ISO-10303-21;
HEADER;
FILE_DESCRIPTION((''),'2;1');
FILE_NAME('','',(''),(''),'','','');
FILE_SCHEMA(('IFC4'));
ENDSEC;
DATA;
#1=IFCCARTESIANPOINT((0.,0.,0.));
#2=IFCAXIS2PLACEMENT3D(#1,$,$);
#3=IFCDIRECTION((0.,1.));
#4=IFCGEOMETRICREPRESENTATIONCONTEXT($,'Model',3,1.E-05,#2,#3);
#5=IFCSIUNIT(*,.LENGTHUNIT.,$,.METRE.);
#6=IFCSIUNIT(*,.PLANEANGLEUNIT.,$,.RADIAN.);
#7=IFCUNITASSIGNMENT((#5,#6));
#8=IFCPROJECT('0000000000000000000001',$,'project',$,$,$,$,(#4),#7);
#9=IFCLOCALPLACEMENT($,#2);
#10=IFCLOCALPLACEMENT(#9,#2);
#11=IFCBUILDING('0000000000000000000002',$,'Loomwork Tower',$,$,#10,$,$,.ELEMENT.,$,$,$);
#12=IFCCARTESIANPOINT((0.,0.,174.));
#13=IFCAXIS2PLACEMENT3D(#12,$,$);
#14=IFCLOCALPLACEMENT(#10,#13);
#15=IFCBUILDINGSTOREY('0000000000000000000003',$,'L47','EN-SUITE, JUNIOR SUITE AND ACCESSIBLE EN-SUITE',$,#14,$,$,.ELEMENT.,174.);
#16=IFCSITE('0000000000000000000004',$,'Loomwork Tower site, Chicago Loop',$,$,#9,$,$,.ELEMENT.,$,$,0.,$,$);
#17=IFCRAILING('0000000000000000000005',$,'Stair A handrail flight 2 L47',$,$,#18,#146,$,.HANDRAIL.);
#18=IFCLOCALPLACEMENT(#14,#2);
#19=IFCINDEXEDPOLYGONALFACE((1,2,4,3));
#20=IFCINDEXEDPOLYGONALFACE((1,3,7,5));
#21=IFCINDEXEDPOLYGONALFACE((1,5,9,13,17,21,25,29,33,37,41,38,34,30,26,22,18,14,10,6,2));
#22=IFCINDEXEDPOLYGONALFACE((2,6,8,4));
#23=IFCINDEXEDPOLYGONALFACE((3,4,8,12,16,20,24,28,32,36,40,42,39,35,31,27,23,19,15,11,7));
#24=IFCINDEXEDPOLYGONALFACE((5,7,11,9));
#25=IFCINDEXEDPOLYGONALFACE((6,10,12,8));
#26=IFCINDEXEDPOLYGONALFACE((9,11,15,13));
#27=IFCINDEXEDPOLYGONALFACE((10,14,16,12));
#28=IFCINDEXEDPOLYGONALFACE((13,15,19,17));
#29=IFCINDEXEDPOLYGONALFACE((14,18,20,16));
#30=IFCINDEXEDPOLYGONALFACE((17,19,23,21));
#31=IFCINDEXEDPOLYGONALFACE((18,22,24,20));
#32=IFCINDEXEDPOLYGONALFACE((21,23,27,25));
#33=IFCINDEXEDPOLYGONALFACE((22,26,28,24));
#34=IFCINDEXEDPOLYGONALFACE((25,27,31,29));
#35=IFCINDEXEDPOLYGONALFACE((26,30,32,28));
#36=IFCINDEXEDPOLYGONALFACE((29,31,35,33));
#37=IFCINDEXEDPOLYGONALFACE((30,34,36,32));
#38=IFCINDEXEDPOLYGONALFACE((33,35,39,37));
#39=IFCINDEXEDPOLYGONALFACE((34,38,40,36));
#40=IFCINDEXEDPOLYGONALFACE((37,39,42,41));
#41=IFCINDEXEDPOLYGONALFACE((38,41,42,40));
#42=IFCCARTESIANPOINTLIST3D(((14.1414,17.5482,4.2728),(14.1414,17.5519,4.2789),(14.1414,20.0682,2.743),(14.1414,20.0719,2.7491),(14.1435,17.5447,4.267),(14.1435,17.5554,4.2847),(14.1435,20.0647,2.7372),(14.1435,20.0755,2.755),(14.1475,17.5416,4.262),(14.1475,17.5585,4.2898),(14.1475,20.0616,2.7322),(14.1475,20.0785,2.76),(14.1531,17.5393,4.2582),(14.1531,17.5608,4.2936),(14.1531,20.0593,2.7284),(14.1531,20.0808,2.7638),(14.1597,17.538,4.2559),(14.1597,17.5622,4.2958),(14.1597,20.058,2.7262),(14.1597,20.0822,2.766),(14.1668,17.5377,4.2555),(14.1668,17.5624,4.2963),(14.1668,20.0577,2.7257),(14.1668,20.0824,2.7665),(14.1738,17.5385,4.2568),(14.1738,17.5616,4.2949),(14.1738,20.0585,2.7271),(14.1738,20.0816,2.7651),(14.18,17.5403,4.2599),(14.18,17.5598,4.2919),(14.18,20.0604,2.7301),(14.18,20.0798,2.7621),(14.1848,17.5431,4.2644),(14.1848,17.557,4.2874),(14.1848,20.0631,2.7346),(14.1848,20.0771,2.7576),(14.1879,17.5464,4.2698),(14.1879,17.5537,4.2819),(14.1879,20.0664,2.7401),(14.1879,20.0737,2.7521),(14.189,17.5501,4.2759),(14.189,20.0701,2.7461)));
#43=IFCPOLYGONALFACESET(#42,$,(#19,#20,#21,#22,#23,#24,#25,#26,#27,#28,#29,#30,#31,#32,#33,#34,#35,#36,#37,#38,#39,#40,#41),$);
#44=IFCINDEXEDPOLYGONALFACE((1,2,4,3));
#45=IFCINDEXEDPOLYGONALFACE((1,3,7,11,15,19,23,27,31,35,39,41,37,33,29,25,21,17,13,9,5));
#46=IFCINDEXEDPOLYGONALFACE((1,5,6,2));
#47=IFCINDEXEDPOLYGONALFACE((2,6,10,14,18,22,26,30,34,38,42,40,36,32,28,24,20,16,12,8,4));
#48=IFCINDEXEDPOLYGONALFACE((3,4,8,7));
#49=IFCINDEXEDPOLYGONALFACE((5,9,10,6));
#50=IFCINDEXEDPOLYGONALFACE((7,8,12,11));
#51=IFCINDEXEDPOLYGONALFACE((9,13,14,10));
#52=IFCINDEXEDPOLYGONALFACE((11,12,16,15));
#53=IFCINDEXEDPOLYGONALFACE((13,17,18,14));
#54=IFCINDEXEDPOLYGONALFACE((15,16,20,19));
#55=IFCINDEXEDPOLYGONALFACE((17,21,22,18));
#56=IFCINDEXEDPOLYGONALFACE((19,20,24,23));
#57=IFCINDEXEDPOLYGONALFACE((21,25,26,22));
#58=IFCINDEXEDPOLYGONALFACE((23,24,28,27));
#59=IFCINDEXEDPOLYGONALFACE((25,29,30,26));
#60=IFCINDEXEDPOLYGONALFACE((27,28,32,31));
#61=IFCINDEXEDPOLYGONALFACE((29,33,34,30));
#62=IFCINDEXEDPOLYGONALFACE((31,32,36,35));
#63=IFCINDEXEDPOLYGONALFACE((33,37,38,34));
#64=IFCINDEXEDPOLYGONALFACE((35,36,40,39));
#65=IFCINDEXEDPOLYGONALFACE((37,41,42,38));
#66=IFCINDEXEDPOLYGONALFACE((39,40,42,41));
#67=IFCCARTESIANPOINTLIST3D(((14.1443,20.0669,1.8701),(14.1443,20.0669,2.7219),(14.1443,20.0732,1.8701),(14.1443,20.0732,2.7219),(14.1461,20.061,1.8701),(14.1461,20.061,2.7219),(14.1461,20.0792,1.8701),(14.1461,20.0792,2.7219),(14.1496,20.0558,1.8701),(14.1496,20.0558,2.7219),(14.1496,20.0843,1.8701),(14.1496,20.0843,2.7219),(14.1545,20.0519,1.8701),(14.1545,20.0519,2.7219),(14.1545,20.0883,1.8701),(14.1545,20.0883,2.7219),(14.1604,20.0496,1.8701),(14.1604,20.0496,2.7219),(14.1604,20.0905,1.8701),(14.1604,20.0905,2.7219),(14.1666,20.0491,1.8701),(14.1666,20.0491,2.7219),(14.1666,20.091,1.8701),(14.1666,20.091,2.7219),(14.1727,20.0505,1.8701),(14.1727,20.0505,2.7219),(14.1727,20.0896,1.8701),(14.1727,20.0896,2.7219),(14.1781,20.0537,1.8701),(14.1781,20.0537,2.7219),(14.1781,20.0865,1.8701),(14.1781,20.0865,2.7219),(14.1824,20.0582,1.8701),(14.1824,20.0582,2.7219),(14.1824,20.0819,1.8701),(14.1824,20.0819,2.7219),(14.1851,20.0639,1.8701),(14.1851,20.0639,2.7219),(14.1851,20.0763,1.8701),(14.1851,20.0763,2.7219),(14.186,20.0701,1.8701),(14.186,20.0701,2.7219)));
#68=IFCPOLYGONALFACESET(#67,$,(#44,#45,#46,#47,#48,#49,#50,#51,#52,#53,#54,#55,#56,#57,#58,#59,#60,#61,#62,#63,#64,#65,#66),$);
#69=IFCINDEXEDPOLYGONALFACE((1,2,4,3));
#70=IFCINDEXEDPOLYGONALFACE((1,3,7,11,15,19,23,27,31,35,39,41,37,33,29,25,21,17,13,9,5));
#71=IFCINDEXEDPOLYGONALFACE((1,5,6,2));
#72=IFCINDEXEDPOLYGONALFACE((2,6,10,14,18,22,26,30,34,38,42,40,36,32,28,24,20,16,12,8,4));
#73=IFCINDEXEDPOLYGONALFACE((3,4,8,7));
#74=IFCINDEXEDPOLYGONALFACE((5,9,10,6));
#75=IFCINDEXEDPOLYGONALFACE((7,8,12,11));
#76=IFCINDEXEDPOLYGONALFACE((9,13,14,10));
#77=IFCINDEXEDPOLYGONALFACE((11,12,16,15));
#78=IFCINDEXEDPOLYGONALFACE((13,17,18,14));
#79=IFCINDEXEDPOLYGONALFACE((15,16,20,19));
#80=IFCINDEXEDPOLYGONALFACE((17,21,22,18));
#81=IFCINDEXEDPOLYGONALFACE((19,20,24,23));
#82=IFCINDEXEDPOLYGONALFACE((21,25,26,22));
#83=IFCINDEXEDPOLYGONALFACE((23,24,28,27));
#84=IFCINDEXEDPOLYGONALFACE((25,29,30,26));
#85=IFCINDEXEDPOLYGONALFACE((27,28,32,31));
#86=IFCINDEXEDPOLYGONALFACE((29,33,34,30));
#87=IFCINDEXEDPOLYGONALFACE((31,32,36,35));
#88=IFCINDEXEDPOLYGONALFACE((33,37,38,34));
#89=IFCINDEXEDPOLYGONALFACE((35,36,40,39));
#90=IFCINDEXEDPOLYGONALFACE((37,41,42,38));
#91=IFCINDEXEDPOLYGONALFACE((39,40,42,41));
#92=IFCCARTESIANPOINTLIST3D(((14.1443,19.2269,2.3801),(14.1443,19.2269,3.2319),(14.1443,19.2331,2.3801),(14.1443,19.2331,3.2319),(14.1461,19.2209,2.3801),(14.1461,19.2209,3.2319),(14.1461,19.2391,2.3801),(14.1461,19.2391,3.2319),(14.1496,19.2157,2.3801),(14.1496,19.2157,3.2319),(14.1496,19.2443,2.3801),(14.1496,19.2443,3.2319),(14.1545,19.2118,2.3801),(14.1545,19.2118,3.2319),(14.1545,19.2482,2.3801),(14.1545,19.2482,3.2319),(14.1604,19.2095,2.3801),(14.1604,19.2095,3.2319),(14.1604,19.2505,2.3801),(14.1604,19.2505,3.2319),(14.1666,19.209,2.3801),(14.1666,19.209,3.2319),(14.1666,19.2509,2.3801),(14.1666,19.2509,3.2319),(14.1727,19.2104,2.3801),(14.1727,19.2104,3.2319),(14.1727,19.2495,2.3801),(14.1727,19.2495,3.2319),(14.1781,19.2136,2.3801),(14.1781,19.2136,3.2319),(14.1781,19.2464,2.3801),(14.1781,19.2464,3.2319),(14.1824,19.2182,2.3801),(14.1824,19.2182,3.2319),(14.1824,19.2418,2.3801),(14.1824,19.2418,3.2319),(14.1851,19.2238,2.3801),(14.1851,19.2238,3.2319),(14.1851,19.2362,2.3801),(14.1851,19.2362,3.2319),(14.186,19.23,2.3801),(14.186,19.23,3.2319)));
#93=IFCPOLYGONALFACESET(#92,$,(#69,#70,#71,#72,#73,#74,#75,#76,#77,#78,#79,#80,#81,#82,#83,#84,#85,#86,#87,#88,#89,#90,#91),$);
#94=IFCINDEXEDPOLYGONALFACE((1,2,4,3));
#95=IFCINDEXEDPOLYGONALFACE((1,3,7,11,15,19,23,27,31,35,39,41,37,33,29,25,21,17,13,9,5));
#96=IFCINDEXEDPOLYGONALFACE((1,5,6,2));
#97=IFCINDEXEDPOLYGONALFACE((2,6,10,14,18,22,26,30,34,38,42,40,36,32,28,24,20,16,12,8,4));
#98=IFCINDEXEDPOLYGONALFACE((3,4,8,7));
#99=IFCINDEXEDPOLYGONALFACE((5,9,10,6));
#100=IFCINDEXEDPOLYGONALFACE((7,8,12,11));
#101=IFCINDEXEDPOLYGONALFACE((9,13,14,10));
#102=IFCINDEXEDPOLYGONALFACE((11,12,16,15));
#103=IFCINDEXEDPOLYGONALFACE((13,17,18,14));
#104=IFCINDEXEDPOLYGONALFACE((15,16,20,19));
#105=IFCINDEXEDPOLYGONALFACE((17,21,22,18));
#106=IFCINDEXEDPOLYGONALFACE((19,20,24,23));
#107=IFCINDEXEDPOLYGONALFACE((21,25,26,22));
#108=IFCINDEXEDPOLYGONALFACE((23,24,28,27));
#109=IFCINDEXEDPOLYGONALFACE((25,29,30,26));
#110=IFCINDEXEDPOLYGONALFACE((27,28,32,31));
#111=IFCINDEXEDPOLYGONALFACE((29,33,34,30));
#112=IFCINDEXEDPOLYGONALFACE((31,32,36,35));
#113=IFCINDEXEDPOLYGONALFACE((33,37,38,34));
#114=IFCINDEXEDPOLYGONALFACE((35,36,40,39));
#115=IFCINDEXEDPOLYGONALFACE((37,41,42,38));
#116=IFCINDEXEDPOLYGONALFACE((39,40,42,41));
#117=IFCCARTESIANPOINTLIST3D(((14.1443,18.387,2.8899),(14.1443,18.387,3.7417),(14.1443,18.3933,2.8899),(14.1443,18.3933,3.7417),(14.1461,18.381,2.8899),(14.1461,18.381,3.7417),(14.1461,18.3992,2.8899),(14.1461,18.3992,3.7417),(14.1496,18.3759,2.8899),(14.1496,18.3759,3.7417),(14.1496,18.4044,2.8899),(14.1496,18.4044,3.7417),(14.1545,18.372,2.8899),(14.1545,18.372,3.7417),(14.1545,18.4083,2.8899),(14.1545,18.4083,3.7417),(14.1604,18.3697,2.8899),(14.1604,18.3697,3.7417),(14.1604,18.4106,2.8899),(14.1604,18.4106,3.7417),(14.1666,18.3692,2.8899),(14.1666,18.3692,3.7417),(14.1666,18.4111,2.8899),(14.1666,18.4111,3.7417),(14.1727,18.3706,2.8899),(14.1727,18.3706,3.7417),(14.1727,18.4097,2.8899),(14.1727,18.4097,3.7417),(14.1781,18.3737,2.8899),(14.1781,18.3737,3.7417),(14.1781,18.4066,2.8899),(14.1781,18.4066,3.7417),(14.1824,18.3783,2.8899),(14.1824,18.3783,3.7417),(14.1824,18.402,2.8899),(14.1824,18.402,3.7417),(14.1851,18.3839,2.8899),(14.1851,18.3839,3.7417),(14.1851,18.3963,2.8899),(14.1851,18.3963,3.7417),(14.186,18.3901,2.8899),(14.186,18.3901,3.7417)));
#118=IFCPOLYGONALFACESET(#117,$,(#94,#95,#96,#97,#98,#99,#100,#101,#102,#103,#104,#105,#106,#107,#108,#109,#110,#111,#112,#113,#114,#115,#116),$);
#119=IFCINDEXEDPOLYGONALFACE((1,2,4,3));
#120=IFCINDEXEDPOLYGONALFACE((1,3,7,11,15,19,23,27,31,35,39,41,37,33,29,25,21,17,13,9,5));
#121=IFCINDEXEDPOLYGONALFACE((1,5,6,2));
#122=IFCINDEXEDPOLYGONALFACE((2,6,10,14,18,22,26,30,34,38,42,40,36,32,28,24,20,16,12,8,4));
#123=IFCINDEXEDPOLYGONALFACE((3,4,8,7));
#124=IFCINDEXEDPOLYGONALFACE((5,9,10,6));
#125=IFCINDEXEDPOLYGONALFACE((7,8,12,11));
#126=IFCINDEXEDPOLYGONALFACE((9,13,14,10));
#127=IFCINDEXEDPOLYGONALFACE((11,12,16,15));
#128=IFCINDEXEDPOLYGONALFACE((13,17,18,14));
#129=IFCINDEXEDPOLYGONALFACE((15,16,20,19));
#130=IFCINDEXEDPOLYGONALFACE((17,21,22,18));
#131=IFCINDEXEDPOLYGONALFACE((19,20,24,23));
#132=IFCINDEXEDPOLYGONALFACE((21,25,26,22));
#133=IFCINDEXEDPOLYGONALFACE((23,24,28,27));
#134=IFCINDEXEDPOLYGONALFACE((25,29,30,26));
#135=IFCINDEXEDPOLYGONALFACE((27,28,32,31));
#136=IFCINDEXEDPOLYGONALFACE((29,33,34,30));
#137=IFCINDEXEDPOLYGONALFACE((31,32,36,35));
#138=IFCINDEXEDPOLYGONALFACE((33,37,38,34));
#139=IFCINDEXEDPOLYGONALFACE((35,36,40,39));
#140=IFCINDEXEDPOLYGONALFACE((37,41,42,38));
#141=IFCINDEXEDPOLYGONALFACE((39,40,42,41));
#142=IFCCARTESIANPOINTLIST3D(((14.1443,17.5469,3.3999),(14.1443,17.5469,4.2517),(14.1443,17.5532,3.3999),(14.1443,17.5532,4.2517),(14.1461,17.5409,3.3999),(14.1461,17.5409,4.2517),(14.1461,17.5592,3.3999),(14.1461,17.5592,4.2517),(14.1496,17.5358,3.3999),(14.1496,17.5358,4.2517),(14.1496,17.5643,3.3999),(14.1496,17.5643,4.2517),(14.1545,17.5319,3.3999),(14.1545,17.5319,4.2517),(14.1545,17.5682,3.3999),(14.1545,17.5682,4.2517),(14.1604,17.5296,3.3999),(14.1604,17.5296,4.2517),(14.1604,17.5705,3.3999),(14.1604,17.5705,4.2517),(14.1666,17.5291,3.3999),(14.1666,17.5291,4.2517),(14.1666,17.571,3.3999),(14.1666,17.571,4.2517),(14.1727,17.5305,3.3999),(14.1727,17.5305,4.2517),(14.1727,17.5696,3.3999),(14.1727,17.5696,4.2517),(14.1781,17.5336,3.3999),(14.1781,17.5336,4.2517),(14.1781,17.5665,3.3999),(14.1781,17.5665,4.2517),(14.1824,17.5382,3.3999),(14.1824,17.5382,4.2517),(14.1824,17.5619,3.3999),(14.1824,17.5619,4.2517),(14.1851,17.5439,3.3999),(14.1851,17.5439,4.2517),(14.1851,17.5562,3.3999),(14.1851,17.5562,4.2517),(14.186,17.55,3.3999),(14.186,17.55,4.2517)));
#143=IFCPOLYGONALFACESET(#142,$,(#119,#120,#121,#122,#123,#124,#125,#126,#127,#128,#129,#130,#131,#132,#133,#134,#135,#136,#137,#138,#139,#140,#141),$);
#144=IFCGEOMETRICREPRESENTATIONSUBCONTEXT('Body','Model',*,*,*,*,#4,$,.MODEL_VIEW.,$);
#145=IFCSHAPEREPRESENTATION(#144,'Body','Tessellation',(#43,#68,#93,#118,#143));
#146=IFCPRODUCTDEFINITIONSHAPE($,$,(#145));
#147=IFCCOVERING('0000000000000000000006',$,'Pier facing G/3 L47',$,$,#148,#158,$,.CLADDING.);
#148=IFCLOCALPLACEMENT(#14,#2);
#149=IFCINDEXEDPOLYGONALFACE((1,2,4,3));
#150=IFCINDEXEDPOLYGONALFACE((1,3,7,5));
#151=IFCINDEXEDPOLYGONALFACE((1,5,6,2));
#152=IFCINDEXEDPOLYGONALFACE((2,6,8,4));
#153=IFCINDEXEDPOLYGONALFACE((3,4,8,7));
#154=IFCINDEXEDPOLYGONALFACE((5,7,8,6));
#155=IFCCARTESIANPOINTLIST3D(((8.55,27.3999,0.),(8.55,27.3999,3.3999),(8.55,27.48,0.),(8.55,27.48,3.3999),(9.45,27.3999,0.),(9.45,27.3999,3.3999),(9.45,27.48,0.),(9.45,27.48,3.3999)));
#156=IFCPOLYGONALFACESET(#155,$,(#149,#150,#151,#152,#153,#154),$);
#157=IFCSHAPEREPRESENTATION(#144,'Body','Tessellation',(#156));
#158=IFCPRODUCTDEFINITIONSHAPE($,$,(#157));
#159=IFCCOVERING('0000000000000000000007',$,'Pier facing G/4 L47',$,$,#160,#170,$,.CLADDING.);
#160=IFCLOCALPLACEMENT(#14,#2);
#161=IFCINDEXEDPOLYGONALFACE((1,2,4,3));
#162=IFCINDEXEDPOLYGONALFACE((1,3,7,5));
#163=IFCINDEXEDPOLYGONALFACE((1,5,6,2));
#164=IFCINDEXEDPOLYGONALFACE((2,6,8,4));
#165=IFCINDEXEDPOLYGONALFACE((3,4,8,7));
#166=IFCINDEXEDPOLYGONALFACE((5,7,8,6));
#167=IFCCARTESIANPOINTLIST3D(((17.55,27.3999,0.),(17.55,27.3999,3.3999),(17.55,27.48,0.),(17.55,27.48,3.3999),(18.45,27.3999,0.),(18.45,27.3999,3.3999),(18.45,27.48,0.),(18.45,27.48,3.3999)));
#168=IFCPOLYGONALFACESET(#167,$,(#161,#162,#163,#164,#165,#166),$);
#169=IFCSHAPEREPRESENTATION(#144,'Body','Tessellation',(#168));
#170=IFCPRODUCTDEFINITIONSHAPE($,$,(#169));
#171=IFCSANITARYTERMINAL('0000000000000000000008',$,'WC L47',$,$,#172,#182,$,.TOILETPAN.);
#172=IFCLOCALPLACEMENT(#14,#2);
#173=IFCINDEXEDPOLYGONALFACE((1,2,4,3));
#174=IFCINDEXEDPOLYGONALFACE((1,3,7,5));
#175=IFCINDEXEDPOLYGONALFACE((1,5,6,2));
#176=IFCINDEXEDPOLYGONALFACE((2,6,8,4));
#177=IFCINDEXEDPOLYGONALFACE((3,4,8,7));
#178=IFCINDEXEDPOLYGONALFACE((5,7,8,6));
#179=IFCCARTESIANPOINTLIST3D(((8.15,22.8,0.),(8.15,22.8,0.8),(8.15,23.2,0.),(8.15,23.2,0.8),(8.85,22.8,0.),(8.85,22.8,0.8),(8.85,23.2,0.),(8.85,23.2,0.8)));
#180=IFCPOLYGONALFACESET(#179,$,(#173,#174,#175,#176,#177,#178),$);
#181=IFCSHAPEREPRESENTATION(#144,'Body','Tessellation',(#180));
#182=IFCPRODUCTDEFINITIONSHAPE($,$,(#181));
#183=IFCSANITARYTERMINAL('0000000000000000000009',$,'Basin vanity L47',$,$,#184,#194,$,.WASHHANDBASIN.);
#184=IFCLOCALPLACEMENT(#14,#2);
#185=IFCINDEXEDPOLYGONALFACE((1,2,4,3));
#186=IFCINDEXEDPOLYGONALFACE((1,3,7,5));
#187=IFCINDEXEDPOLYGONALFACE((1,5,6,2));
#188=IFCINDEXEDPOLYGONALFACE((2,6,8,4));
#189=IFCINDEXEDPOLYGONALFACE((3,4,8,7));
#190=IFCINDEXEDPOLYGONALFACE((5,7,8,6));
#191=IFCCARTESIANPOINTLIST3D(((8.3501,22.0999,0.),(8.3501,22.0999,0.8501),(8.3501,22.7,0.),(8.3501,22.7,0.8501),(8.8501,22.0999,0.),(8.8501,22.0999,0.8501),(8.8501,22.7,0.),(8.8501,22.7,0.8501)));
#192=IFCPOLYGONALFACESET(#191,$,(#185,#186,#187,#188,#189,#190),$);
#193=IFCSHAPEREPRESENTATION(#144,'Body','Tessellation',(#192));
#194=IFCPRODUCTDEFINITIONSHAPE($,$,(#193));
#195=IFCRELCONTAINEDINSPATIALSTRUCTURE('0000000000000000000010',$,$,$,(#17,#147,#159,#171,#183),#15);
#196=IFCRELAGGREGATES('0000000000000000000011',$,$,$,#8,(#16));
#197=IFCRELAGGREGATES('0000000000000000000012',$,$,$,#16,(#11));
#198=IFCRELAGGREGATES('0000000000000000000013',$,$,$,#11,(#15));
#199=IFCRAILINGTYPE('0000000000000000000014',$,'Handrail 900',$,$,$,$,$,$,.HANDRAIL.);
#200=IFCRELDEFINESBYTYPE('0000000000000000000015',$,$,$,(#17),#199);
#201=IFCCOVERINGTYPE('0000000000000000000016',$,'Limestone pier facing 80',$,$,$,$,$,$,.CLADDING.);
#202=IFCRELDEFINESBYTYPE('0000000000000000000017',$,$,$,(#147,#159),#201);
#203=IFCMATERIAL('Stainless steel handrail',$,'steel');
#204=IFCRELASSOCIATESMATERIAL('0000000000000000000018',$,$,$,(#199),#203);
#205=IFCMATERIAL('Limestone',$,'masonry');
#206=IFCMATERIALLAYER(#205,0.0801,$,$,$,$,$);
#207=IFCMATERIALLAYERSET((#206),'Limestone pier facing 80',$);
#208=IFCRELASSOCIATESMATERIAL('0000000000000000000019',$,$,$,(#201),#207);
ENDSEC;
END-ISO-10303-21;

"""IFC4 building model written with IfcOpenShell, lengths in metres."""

from ifc_helpers import new_model, si_unit, direction, frame, origin, origin_2d, place, context, subcontext, project, spatial, rectangle, circle, extrude, material, layer, layer_set, type_object, element, save


model = new_model("IFC4")

# Units and contexts
model_context = context("Model", 3, precision=1e-05, world=origin(), true_north=direction((0.0, 1.0)))
body_context = subcontext(model_context, "Body", "Model", "MODEL_VIEW")
ifc_project = project(units=[si_unit("LENGTHUNIT", "METRE"), si_unit("PLANEANGLEUNIT", "RADIAN")], contexts=[model_context])

# Site, building, storey
site_placement = place(None, origin())
site = spatial("IfcSite", under=ifc_project, at=site_placement, Name="Loomwork Tower site, Chicago Loop", CompositionType="ELEMENT", RefElevation=0.0)
building_placement = place(site_placement, origin())
building = spatial("IfcBuilding", under=site, at=building_placement, Name="Loomwork Tower", CompositionType="ELEMENT")
storey_placement = place(building_placement, frame((0.0, 0.0, 174.0)))
storey = spatial("IfcBuildingStorey", under=building, at=storey_placement, Name="L47", Description="EN-SUITE, JUNIOR SUITE AND ACCESSIBLE EN-SUITE", CompositionType="ELEMENT", Elevation=174.0)

# Railing
ifc_material_1 = material(Name="Stainless steel handrail", Category="steel")
railing_type = type_object("IfcRailingType", Name="Handrail 900", PredefinedType="HANDRAIL", material=ifc_material_1)
railing_placement = place(storey_placement, frame((14.165, 20.0701, 1.8701)))
element("IfcRailing", 1, at=railing_placement, inside=storey, type_object=railing_type, Name="Stair A handrail flight 2 L47", PredefinedType="HANDRAIL", context=body_context, shape_type="SweptSolid", body=[
    extrude(circle(Radius=0.0239, at=origin_2d()), frame((0.0, 0.0, 0.876), z_axis=(0.0, -0.854822, 0.518922), x_axis=(1.0, 0.0, 0.0)), (0.0, 0.0, 1.0), 2.948),
    extrude(circle(Radius=0.021, at=origin_2d()), origin(), (0.0, 0.0, 1.0), 0.8518),
    extrude(circle(Radius=0.021, at=origin_2d()), frame((0.0, -0.8401, 0.51)), (0.0, 0.0, 1.0), 0.8518),
    extrude(circle(Radius=0.021, at=origin_2d()), frame((0.0, -1.6799, 1.0198)), (0.0, 0.0, 1.0), 0.8518),
    extrude(circle(Radius=0.021, at=origin_2d()), frame((0.0, -2.52, 1.5298)), (0.0, 0.0, 1.0), 0.8518),
])

# Coverings
ifc_material_2 = material(Name="Limestone", Category="masonry")
ifc_layer_1 = layer(ifc_material_2, 0.0801)
ifc_layer_set_1 = layer_set([ifc_layer_1], Name="Limestone pier facing 80")
covering_type = type_object("IfcCoveringType", Name="Limestone pier facing 80", PredefinedType="CLADDING", material=ifc_layer_set_1)
for number, where, z_axis, x_axis, name in (
    (2, (9.0, 27.4399, 0.0), (0.0, 0.0, 1.0), (1.0, 0.0, 0.0), "Pier facing G/3 L47"),
    (3, (18.0, 27.4399, 0.0), (0.0, 0.0, 1.0), (1.0, 0.0, 0.0), "Pier facing G/4 L47"),
):
    element("IfcCovering", number, at=place(storey_placement, frame(where, z_axis=z_axis, x_axis=x_axis)), inside=storey, type_object=covering_type, Name=name, PredefinedType="CLADDING", context=body_context, shape_type="SweptSolid", body=[
        extrude(rectangle(XDim=0.8999, YDim=0.0801, at=origin_2d()), origin(), (0.0, 0.0, 1.0), 3.3999),
    ])

# Sanitary terminals
sanitary_terminal_1_placement = place(storey_placement, frame((8.5, 23.0, 0.0), z_axis=(0.0, 0.0, 1.0), x_axis=(1.0, 0.0, 0.0)))
element("IfcSanitaryTerminal", 4, at=sanitary_terminal_1_placement, inside=storey, Name="WC L47", PredefinedType="TOILETPAN", context=body_context, shape_type="SweptSolid", body=[
    extrude(rectangle(XDim=0.7, YDim=0.3999, at=origin_2d()), origin(), (0.0, 0.0, 1.0), 0.8),
])
sanitary_terminal_2_placement = place(storey_placement, frame((8.6001, 22.3999, 0.0), z_axis=(0.0, 0.0, 1.0), x_axis=(1.0, 0.0, 0.0)))
element("IfcSanitaryTerminal", 5, at=sanitary_terminal_2_placement, inside=storey, Name="Basin vanity L47", PredefinedType="WASHHANDBASIN", context=body_context, shape_type="SweptSolid", body=[
    extrude(rectangle(XDim=0.5, YDim=0.6001, at=origin_2d()), origin(), (0.0, 0.0, 1.0), 0.8501),
])

save(model, "model.ifc")
